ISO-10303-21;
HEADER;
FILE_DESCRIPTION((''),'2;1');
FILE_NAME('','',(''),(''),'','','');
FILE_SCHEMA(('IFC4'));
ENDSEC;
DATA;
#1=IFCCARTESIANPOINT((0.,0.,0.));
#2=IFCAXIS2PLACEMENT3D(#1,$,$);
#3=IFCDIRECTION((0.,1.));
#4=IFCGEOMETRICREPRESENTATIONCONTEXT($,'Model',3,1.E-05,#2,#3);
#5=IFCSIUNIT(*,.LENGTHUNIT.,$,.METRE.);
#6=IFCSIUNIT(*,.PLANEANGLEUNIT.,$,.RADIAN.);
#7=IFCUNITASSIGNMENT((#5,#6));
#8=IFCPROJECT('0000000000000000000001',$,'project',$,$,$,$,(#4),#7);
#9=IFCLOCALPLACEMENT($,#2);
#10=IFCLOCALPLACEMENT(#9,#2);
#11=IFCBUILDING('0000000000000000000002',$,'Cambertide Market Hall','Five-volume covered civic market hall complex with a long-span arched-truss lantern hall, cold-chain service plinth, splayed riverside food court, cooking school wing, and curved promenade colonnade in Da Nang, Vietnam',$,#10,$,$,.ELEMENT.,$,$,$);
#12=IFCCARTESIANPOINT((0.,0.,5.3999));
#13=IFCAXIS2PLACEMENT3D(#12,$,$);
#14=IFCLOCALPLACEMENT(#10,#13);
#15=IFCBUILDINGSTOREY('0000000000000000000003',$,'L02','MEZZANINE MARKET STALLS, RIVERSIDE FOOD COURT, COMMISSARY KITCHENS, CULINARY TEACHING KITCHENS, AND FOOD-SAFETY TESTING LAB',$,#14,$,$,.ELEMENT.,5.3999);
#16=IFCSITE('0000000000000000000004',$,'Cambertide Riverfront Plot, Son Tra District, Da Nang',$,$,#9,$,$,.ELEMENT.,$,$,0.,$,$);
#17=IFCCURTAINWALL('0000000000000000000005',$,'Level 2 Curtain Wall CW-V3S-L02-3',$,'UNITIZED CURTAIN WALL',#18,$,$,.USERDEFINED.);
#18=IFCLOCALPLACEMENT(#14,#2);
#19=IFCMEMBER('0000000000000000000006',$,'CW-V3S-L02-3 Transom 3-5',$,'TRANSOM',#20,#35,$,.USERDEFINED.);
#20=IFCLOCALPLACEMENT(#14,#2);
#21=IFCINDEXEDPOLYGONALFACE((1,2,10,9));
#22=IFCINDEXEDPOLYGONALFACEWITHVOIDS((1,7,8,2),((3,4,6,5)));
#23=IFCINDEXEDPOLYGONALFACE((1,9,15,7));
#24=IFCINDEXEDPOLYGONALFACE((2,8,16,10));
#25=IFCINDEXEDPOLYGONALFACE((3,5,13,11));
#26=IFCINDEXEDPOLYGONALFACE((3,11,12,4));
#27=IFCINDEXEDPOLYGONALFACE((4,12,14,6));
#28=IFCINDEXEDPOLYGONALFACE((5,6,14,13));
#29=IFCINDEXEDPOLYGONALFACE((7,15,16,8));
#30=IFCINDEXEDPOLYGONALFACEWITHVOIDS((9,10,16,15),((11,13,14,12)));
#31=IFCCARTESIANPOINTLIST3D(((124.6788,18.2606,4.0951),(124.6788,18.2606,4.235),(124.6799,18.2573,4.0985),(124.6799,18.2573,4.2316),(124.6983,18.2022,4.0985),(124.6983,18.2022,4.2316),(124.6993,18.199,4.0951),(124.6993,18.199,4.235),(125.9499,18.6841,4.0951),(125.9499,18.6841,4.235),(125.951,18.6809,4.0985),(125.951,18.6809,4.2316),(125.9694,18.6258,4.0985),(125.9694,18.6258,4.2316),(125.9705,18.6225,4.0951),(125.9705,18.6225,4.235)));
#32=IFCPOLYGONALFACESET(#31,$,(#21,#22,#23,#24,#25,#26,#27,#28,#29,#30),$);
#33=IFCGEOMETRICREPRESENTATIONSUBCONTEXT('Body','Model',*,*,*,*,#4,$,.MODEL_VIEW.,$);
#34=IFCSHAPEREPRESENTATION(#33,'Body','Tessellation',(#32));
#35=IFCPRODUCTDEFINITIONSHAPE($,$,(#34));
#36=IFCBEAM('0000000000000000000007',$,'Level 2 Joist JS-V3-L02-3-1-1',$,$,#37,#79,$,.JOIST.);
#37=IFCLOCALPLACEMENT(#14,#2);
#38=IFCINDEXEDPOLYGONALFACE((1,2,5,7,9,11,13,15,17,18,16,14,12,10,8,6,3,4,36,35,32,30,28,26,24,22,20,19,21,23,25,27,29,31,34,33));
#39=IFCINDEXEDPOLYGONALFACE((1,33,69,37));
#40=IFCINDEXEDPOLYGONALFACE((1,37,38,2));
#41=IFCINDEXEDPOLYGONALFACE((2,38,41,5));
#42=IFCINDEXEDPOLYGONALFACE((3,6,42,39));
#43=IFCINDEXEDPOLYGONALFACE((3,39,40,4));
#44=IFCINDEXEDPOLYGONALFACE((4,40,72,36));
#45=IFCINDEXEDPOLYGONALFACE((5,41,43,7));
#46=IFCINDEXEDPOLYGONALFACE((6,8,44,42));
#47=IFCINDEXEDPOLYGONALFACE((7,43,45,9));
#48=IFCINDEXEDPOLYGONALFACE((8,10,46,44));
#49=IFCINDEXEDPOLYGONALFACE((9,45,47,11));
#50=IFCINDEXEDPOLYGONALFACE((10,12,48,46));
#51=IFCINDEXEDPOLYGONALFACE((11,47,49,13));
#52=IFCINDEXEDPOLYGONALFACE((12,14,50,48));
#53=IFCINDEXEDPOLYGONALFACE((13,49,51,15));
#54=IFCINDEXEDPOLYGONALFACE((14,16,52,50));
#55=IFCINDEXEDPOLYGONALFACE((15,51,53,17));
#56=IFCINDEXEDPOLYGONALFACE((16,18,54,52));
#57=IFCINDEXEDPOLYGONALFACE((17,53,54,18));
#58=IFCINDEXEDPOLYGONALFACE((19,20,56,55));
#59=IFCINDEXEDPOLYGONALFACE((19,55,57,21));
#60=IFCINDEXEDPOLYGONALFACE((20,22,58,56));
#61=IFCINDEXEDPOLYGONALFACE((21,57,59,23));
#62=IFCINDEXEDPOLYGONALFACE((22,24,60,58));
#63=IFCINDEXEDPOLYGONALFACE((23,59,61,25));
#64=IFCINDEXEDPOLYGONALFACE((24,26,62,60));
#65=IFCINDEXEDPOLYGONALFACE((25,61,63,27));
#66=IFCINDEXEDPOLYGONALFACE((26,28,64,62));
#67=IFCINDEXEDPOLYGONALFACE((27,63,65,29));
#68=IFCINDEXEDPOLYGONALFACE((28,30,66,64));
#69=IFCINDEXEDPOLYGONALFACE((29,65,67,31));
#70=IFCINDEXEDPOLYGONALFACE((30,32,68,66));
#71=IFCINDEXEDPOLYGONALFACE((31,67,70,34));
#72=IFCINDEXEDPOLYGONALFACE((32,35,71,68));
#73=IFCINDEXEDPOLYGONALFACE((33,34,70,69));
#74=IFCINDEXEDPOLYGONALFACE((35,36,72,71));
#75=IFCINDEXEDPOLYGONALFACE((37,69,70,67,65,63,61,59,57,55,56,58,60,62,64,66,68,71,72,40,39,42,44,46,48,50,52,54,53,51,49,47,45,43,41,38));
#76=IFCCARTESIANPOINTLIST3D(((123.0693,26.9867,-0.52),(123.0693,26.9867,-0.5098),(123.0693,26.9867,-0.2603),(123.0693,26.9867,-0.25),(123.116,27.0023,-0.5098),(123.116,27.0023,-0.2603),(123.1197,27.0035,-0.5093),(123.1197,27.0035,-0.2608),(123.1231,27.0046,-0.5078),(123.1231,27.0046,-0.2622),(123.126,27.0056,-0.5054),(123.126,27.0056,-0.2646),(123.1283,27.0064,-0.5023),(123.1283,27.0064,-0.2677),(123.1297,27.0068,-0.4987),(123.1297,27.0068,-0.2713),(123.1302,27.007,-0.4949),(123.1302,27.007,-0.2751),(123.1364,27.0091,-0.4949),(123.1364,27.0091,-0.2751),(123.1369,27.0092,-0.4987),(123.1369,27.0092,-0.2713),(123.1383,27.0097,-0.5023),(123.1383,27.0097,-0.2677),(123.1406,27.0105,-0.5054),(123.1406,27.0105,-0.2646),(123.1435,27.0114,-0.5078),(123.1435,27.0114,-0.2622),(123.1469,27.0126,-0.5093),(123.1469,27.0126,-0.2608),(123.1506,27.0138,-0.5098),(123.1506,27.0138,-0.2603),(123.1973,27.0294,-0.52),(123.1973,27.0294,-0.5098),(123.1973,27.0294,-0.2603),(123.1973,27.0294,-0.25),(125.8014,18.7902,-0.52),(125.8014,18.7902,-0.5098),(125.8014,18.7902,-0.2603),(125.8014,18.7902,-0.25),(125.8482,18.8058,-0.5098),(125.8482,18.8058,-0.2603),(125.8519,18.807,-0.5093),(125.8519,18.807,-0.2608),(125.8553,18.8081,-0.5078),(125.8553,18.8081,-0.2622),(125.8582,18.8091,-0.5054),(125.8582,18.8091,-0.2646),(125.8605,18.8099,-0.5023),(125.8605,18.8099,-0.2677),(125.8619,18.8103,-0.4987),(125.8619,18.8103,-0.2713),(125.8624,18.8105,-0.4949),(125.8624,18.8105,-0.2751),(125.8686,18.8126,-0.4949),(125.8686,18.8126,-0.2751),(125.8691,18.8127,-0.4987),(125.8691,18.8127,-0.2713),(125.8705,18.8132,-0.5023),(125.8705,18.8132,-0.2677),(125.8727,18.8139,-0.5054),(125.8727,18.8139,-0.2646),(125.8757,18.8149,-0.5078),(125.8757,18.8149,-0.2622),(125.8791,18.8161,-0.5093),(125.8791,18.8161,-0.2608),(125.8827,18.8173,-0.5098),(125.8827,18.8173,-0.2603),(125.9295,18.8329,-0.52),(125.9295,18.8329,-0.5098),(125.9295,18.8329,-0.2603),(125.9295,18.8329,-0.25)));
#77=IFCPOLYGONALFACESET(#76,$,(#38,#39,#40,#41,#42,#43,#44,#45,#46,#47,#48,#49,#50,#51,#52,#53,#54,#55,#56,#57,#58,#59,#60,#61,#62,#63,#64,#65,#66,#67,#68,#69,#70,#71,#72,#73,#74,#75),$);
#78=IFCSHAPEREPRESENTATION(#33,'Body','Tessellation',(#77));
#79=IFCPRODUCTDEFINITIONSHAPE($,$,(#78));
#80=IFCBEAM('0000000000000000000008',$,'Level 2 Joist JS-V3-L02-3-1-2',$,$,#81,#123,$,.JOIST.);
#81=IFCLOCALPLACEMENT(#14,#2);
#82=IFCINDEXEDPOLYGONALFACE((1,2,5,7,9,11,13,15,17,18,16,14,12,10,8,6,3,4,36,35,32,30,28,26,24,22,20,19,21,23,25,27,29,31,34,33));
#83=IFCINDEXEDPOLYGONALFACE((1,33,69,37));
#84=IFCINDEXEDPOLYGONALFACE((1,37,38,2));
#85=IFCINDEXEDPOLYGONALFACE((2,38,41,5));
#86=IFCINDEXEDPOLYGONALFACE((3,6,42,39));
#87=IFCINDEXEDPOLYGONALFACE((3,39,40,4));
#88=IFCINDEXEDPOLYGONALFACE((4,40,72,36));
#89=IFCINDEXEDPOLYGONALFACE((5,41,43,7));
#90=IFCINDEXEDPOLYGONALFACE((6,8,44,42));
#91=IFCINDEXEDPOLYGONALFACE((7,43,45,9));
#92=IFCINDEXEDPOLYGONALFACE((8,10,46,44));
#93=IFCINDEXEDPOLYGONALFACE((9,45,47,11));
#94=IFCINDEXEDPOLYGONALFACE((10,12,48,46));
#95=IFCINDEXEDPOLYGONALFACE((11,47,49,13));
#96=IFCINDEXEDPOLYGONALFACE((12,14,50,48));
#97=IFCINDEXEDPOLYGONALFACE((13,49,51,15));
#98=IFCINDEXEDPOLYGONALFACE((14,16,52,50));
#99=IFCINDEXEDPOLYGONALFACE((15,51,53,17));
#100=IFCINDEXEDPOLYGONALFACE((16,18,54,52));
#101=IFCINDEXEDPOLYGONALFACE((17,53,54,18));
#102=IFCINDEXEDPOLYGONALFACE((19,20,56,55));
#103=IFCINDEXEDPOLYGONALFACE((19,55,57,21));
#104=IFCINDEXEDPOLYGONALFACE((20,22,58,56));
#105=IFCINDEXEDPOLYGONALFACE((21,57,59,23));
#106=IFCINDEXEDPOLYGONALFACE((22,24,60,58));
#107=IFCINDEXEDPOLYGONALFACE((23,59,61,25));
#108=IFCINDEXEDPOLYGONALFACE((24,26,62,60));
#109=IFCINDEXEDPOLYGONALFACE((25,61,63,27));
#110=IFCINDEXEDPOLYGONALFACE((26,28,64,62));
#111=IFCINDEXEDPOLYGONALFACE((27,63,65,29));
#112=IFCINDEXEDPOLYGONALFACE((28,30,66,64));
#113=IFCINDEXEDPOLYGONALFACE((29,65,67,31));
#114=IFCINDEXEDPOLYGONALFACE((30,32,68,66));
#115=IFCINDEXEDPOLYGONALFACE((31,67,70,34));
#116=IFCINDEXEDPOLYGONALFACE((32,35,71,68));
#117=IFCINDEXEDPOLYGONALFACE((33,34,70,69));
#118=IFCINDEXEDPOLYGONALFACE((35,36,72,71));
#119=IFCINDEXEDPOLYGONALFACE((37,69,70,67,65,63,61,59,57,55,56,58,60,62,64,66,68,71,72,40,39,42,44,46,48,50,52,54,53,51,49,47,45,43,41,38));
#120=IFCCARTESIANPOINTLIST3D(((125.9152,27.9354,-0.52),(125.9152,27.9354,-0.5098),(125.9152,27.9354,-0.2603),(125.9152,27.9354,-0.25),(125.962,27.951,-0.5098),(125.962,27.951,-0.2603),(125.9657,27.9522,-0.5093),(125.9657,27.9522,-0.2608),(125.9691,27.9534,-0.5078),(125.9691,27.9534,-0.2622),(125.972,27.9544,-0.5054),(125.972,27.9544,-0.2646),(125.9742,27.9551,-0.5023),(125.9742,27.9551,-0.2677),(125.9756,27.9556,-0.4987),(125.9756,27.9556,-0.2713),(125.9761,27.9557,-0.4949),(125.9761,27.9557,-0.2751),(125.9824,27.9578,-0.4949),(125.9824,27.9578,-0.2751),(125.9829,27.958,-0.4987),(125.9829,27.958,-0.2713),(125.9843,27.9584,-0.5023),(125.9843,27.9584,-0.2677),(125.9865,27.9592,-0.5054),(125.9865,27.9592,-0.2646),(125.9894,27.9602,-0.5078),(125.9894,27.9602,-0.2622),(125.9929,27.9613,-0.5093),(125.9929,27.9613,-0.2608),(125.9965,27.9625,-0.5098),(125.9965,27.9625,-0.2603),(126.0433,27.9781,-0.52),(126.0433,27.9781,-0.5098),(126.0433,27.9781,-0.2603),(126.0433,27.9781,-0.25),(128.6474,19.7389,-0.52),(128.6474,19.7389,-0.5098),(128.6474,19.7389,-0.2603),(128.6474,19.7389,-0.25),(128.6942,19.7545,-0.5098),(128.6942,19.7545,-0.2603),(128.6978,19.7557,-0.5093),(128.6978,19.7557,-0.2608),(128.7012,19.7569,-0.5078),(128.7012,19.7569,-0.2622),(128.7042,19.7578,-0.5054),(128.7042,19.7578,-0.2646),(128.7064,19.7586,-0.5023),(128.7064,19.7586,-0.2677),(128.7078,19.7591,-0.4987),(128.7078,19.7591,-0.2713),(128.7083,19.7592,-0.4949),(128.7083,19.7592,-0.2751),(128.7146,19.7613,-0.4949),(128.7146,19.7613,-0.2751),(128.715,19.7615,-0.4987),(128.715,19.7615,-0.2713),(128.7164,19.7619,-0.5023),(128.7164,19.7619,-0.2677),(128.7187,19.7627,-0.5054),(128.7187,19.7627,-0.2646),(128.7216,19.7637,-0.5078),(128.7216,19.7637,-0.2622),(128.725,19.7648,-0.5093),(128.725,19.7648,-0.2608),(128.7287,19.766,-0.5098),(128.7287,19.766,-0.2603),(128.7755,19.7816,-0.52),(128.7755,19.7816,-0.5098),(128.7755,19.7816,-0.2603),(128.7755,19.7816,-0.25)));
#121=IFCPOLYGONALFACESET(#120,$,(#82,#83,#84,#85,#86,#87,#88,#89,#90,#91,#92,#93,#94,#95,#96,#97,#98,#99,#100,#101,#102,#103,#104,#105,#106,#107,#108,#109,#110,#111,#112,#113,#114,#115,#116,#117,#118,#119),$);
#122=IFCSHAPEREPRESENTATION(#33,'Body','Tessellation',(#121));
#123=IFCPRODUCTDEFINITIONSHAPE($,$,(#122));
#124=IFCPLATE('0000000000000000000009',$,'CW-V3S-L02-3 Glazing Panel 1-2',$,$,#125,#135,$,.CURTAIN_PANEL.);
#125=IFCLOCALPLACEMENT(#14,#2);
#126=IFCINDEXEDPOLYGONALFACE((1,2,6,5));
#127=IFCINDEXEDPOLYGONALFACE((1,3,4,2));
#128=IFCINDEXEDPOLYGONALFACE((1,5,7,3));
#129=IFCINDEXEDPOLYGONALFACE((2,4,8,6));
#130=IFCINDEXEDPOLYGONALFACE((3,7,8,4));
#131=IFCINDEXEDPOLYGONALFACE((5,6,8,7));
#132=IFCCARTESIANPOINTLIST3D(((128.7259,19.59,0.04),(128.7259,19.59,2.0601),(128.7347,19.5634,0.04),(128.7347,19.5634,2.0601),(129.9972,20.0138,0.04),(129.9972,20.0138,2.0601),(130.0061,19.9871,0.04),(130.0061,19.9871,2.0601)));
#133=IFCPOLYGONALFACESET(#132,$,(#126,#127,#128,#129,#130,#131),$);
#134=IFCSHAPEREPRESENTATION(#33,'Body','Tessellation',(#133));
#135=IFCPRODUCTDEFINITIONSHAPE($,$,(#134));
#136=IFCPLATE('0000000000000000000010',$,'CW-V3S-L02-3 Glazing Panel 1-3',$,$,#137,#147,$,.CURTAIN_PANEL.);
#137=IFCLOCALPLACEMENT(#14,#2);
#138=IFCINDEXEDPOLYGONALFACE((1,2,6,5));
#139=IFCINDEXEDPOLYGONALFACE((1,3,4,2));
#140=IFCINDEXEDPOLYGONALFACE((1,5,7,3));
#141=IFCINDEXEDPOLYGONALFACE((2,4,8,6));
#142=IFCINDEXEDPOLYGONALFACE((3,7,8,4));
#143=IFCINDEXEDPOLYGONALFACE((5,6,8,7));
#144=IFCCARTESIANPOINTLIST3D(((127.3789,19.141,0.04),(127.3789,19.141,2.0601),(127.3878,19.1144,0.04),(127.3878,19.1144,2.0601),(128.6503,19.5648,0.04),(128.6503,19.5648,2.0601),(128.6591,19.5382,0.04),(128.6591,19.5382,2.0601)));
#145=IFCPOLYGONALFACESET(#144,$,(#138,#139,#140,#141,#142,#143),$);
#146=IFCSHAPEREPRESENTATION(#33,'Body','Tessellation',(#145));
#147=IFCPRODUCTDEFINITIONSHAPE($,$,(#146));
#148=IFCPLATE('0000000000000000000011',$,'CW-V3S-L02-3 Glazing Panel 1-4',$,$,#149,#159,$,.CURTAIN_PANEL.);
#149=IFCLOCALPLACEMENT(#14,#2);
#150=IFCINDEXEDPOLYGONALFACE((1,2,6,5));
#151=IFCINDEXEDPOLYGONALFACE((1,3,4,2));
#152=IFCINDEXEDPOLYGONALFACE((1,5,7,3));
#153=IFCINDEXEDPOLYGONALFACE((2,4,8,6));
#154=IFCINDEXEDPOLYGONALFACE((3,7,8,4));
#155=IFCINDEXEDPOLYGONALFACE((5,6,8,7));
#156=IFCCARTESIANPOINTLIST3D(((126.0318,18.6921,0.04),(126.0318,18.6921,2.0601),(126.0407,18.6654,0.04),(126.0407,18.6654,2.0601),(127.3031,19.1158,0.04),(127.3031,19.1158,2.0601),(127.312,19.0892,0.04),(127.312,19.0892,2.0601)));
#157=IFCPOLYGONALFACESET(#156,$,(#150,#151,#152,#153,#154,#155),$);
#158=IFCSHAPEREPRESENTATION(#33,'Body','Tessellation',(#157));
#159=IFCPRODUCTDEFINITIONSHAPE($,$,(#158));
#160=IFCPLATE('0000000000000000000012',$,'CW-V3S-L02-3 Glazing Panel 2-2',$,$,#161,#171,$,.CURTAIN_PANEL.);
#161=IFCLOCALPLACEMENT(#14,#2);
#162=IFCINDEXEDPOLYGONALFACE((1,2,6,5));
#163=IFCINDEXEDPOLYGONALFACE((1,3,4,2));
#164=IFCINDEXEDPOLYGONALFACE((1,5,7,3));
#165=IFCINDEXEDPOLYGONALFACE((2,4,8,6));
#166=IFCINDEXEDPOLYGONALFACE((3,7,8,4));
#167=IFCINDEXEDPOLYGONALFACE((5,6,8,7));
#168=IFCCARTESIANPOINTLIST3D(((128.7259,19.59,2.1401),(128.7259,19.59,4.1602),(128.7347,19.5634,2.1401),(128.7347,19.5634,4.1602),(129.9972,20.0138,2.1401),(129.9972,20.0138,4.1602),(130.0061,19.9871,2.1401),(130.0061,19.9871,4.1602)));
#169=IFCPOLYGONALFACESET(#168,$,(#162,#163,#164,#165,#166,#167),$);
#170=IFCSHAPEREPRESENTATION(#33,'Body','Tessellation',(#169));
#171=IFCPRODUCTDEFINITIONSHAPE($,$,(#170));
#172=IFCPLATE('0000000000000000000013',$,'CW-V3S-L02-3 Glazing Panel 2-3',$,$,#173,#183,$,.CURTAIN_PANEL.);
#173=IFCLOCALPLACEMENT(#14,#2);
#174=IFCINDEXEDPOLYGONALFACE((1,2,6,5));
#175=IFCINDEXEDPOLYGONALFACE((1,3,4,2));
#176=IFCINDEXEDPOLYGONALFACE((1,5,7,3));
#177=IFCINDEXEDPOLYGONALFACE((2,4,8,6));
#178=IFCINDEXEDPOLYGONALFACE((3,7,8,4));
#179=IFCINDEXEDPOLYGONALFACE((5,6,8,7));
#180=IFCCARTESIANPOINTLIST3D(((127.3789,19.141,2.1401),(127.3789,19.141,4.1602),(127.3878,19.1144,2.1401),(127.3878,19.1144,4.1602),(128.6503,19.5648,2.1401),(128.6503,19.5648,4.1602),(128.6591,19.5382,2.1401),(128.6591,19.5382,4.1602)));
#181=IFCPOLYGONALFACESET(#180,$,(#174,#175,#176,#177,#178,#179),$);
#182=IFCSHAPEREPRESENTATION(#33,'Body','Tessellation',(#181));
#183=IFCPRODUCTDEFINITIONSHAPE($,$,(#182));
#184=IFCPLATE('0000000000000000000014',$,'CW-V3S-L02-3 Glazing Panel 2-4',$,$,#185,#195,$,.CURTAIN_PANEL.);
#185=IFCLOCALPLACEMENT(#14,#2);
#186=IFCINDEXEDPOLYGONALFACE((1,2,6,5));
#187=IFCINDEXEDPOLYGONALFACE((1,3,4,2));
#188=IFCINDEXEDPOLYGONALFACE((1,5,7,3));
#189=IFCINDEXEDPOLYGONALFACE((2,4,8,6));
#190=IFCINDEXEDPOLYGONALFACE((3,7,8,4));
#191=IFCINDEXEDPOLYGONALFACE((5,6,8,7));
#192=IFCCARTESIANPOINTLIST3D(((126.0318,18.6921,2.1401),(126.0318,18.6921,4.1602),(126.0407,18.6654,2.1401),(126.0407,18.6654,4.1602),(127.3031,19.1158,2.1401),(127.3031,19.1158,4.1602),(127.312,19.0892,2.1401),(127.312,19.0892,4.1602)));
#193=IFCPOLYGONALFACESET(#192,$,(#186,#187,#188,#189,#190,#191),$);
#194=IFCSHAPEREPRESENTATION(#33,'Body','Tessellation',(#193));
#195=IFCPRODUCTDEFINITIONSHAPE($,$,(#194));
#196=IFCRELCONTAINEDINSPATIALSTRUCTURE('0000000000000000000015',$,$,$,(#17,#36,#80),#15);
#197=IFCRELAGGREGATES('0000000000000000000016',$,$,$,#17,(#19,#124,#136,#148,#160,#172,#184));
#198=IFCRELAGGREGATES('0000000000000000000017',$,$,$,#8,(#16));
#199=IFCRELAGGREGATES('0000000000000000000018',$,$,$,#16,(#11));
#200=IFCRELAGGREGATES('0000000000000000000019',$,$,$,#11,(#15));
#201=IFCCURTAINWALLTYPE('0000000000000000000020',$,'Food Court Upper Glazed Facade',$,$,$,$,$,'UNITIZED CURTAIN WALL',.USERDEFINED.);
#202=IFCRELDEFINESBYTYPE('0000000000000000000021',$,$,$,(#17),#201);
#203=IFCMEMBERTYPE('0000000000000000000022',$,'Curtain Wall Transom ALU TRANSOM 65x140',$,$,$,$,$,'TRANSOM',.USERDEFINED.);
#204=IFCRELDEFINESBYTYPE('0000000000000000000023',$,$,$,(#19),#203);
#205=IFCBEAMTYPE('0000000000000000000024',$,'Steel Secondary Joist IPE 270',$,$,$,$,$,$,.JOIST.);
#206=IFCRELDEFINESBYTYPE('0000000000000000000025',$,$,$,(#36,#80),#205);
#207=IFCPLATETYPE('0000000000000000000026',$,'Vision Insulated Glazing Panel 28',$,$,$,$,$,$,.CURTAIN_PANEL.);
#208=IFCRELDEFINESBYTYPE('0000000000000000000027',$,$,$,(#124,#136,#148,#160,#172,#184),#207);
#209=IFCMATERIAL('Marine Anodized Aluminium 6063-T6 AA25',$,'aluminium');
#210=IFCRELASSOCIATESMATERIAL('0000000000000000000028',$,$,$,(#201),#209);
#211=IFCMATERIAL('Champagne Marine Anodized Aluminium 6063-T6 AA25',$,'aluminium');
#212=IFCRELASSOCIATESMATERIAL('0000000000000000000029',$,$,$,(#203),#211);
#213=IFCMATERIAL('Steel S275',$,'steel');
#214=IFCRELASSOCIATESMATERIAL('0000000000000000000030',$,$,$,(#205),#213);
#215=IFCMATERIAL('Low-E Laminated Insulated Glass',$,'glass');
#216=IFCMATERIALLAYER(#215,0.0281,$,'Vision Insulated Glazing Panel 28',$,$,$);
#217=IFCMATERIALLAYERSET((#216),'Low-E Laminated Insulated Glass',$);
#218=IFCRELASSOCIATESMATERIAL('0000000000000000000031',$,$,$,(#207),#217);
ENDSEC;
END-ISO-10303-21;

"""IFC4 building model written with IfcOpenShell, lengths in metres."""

from ifc_helpers import new_model, si_unit, direction, frame, origin, origin_2d, place, context, subcontext, project, spatial, rectangle, hollow_rectangle, i_section, extrude, material, layer, layer_set, material_profile, profile_set, type_object, element, aggregate, save


model = new_model("IFC4")

# Units and contexts
model_context = context("Model", 3, precision=1e-05, world=origin(), true_north=direction((0.0, 1.0)))
body_context = subcontext(model_context, "Body", "Model", "MODEL_VIEW")
ifc_project = project(units=[si_unit("LENGTHUNIT", "METRE"), si_unit("PLANEANGLEUNIT", "RADIAN")], contexts=[model_context])

# Site, building, storey
site_placement = place(None, origin())
site = spatial("IfcSite", under=ifc_project, at=site_placement, Name="Cambertide Riverfront Plot, Son Tra District, Da Nang", CompositionType="ELEMENT", RefElevation=0.0)
building_placement = place(site_placement, origin())
building = spatial("IfcBuilding", under=site, at=building_placement, Name="Cambertide Market Hall", Description="Five-volume covered civic market hall complex with a long-span arched-truss lantern hall, cold-chain service plinth, splayed riverside food court, cooking school wing, and curved promenade colonnade in Da Nang, Vietnam", CompositionType="ELEMENT")
storey_placement = place(building_placement, frame((0.0, 0.0, 5.3999)))
storey = spatial("IfcBuildingStorey", under=building, at=storey_placement, Name="L02", Description="MEZZANINE MARKET STALLS, RIVERSIDE FOOD COURT, COMMISSARY KITCHENS, CULINARY TEACHING KITCHENS, AND FOOD-SAFETY TESTING LAB", CompositionType="ELEMENT", Elevation=5.3999)

# Curtain wall, member
ifc_material_1 = material(Name="Marine Anodized Aluminium 6063-T6 AA25", Category="aluminium")
curtain_wall_type = type_object("IfcCurtainWallType", Name="Food Court Upper Glazed Facade", ElementType="UNITIZED CURTAIN WALL", PredefinedType="USERDEFINED", material=ifc_material_1)
curtain_wall_placement = place(storey_placement, origin())
curtain_wall = element("IfcCurtainWall", 1, at=curtain_wall_placement, inside=storey, type_object=curtain_wall_type, Name="Level 2 Curtain Wall CW-V3S-L02-3", ObjectType="UNITIZED CURTAIN WALL", PredefinedType="USERDEFINED")
ifc_material_2 = material(Name="Champagne Marine Anodized Aluminium 6063-T6 AA25", Category="aluminium")
ifc_material_profile_1 = material_profile(ifc_material_2, hollow_rectangle(XDim=0.0649, YDim=0.1399, WallThickness=0.0034, at=origin_2d()), Name="ALU TRANSOM 65x140")
ifc_profile_set_1 = profile_set([ifc_material_profile_1], Name="Champagne Marine Anodized Aluminium 6063-T6 AA25")
member_type_1 = type_object("IfcMemberType", Name="Curtain Wall Transom ALU TRANSOM 65x140", ElementType="TRANSOM", PredefinedType="USERDEFINED", material=ifc_profile_set_1)
member_1_placement = place(storey_placement, frame((125.9602, 18.6533, 4.165), z_axis=(-0.94872, -0.316118, 0.0), x_axis=(0.316118, -0.94872, 0.0)))
member_1 = element("IfcMember", 2, at=member_1_placement, type_object=member_type_1, Name="CW-V3S-L02-3 Transom 3-5", ObjectType="TRANSOM", PredefinedType="USERDEFINED", context=body_context, shape_type="SweptSolid", body=[
    extrude(hollow_rectangle(XDim=0.0649, YDim=0.1399, WallThickness=0.0034, at=origin_2d()), origin(), (0.0, 0.0, 1.0), 1.3398),
])

# Beams
ifc_material_3 = material(Name="Steel S275", Category="steel")
ifc_material_profile_2 = material_profile(ifc_material_3, i_section(OverallWidth=0.135, OverallDepth=0.27, WebThickness=0.0066, FlangeThickness=0.0103, FilletRadius=0.0149, at=origin_2d()), Name="IPE 270")
ifc_profile_set_2 = profile_set([ifc_material_profile_2], Name="Steel S275")
beam_type = type_object("IfcBeamType", Name="Steel Secondary Joist IPE 270", PredefinedType="JOIST", material=ifc_profile_set_2)
for number, where, z_axis, x_axis, name in (
    (3, (125.8655, 18.8115, -0.385), (-0.316228, 0.948683, 0.0), (-0.948683, -0.316228, 0.0), "Level 2 Joist JS-V3-L02-3-1-1"),
    (4, (128.7114, 19.7603, -0.385), (-0.316228, 0.948683, 0.0), (-0.948683, -0.316228, 0.0), "Level 2 Joist JS-V3-L02-3-1-2"),
):
    element("IfcBeam", number, at=place(storey_placement, frame(where, z_axis=z_axis, x_axis=x_axis)), inside=storey, type_object=beam_type, Name=name, PredefinedType="JOIST", context=body_context, shape_type="SweptSolid", body=[
        extrude(i_section(OverallWidth=0.135, OverallDepth=0.27, WebThickness=0.0066, FlangeThickness=0.0103, FilletRadius=0.0149, at=origin_2d()), origin(), (0.0, 0.0, 1.0), 8.6399),
    ])

# Plates
ifc_material_4 = material(Name="Low-E Laminated Insulated Glass", Category="glass")
ifc_layer_1 = layer(ifc_material_4, 0.0281, Name="Vision Insulated Glazing Panel 28")
ifc_layer_set_1 = layer_set([ifc_layer_1], Name="Low-E Laminated Insulated Glass")
plate_type = type_object("IfcPlateType", Name="Vision Insulated Glazing Panel 28", PredefinedType="CURTAIN_PANEL", material=ifc_layer_set_1)
plate_1_placement = place(storey_placement, frame((129.366, 19.7886, 0.04), z_axis=(0.0, 0.0, 1.0), x_axis=(-0.948683, -0.316228, 0.0)))
plate_1 = element("IfcPlate", 5, at=plate_1_placement, type_object=plate_type, Name="CW-V3S-L02-3 Glazing Panel 1-2", PredefinedType="CURTAIN_PANEL", context=body_context, shape_type="SweptSolid", body=[
    extrude(rectangle(XDim=1.3401, YDim=0.0281, at=origin_2d()), origin(), (0.0, 0.0, 1.0), 2.02),
])
plate_2_placement = place(storey_placement, frame((128.019, 19.3396, 0.04), z_axis=(0.0, 0.0, 1.0), x_axis=(-0.948683, -0.316228, 0.0)))
plate_2 = element("IfcPlate", 6, at=plate_2_placement, type_object=plate_type, Name="CW-V3S-L02-3 Glazing Panel 1-3", PredefinedType="CURTAIN_PANEL", context=body_context, shape_type="SweptSolid", body=[
    extrude(rectangle(XDim=1.3401, YDim=0.0281, at=origin_2d()), origin(), (0.0, 0.0, 1.0), 2.02),
])
plate_3_placement = place(storey_placement, frame((126.6719, 18.8906, 0.04), z_axis=(0.0, 0.0, 1.0), x_axis=(-0.948683, -0.316228, 0.0)))
plate_3 = element("IfcPlate", 7, at=plate_3_placement, type_object=plate_type, Name="CW-V3S-L02-3 Glazing Panel 1-4", PredefinedType="CURTAIN_PANEL", context=body_context, shape_type="SweptSolid", body=[
    extrude(rectangle(XDim=1.3401, YDim=0.0281, at=origin_2d()), origin(), (0.0, 0.0, 1.0), 2.02),
])
plate_4_placement = place(storey_placement, frame((129.366, 19.7886, 2.1401), z_axis=(0.0, 0.0, 1.0), x_axis=(-0.948683, -0.316228, 0.0)))
plate_4 = element("IfcPlate", 8, at=plate_4_placement, type_object=plate_type, Name="CW-V3S-L02-3 Glazing Panel 2-2", PredefinedType="CURTAIN_PANEL", context=body_context, shape_type="SweptSolid", body=[
    extrude(rectangle(XDim=1.3401, YDim=0.0281, at=origin_2d()), origin(), (0.0, 0.0, 1.0), 2.02),
])
plate_5_placement = place(storey_placement, frame((128.019, 19.3396, 2.1401), z_axis=(0.0, 0.0, 1.0), x_axis=(-0.948683, -0.316228, 0.0)))
plate_5 = element("IfcPlate", 9, at=plate_5_placement, type_object=plate_type, Name="CW-V3S-L02-3 Glazing Panel 2-3", PredefinedType="CURTAIN_PANEL", context=body_context, shape_type="SweptSolid", body=[
    extrude(rectangle(XDim=1.3401, YDim=0.0281, at=origin_2d()), origin(), (0.0, 0.0, 1.0), 2.02),
])
plate_6_placement = place(storey_placement, frame((126.6719, 18.8906, 2.1401), z_axis=(0.0, 0.0, 1.0), x_axis=(-0.948683, -0.316228, 0.0)))
plate_6 = element("IfcPlate", 10, at=plate_6_placement, type_object=plate_type, Name="CW-V3S-L02-3 Glazing Panel 2-4", PredefinedType="CURTAIN_PANEL", context=body_context, shape_type="SweptSolid", body=[
    extrude(rectangle(XDim=1.3401, YDim=0.0281, at=origin_2d()), origin(), (0.0, 0.0, 1.0), 2.02),
])
aggregate(curtain_wall, [member_1, plate_1, plate_2, plate_3, plate_4, plate_5, plate_6])

save(model, "model.ifc")
